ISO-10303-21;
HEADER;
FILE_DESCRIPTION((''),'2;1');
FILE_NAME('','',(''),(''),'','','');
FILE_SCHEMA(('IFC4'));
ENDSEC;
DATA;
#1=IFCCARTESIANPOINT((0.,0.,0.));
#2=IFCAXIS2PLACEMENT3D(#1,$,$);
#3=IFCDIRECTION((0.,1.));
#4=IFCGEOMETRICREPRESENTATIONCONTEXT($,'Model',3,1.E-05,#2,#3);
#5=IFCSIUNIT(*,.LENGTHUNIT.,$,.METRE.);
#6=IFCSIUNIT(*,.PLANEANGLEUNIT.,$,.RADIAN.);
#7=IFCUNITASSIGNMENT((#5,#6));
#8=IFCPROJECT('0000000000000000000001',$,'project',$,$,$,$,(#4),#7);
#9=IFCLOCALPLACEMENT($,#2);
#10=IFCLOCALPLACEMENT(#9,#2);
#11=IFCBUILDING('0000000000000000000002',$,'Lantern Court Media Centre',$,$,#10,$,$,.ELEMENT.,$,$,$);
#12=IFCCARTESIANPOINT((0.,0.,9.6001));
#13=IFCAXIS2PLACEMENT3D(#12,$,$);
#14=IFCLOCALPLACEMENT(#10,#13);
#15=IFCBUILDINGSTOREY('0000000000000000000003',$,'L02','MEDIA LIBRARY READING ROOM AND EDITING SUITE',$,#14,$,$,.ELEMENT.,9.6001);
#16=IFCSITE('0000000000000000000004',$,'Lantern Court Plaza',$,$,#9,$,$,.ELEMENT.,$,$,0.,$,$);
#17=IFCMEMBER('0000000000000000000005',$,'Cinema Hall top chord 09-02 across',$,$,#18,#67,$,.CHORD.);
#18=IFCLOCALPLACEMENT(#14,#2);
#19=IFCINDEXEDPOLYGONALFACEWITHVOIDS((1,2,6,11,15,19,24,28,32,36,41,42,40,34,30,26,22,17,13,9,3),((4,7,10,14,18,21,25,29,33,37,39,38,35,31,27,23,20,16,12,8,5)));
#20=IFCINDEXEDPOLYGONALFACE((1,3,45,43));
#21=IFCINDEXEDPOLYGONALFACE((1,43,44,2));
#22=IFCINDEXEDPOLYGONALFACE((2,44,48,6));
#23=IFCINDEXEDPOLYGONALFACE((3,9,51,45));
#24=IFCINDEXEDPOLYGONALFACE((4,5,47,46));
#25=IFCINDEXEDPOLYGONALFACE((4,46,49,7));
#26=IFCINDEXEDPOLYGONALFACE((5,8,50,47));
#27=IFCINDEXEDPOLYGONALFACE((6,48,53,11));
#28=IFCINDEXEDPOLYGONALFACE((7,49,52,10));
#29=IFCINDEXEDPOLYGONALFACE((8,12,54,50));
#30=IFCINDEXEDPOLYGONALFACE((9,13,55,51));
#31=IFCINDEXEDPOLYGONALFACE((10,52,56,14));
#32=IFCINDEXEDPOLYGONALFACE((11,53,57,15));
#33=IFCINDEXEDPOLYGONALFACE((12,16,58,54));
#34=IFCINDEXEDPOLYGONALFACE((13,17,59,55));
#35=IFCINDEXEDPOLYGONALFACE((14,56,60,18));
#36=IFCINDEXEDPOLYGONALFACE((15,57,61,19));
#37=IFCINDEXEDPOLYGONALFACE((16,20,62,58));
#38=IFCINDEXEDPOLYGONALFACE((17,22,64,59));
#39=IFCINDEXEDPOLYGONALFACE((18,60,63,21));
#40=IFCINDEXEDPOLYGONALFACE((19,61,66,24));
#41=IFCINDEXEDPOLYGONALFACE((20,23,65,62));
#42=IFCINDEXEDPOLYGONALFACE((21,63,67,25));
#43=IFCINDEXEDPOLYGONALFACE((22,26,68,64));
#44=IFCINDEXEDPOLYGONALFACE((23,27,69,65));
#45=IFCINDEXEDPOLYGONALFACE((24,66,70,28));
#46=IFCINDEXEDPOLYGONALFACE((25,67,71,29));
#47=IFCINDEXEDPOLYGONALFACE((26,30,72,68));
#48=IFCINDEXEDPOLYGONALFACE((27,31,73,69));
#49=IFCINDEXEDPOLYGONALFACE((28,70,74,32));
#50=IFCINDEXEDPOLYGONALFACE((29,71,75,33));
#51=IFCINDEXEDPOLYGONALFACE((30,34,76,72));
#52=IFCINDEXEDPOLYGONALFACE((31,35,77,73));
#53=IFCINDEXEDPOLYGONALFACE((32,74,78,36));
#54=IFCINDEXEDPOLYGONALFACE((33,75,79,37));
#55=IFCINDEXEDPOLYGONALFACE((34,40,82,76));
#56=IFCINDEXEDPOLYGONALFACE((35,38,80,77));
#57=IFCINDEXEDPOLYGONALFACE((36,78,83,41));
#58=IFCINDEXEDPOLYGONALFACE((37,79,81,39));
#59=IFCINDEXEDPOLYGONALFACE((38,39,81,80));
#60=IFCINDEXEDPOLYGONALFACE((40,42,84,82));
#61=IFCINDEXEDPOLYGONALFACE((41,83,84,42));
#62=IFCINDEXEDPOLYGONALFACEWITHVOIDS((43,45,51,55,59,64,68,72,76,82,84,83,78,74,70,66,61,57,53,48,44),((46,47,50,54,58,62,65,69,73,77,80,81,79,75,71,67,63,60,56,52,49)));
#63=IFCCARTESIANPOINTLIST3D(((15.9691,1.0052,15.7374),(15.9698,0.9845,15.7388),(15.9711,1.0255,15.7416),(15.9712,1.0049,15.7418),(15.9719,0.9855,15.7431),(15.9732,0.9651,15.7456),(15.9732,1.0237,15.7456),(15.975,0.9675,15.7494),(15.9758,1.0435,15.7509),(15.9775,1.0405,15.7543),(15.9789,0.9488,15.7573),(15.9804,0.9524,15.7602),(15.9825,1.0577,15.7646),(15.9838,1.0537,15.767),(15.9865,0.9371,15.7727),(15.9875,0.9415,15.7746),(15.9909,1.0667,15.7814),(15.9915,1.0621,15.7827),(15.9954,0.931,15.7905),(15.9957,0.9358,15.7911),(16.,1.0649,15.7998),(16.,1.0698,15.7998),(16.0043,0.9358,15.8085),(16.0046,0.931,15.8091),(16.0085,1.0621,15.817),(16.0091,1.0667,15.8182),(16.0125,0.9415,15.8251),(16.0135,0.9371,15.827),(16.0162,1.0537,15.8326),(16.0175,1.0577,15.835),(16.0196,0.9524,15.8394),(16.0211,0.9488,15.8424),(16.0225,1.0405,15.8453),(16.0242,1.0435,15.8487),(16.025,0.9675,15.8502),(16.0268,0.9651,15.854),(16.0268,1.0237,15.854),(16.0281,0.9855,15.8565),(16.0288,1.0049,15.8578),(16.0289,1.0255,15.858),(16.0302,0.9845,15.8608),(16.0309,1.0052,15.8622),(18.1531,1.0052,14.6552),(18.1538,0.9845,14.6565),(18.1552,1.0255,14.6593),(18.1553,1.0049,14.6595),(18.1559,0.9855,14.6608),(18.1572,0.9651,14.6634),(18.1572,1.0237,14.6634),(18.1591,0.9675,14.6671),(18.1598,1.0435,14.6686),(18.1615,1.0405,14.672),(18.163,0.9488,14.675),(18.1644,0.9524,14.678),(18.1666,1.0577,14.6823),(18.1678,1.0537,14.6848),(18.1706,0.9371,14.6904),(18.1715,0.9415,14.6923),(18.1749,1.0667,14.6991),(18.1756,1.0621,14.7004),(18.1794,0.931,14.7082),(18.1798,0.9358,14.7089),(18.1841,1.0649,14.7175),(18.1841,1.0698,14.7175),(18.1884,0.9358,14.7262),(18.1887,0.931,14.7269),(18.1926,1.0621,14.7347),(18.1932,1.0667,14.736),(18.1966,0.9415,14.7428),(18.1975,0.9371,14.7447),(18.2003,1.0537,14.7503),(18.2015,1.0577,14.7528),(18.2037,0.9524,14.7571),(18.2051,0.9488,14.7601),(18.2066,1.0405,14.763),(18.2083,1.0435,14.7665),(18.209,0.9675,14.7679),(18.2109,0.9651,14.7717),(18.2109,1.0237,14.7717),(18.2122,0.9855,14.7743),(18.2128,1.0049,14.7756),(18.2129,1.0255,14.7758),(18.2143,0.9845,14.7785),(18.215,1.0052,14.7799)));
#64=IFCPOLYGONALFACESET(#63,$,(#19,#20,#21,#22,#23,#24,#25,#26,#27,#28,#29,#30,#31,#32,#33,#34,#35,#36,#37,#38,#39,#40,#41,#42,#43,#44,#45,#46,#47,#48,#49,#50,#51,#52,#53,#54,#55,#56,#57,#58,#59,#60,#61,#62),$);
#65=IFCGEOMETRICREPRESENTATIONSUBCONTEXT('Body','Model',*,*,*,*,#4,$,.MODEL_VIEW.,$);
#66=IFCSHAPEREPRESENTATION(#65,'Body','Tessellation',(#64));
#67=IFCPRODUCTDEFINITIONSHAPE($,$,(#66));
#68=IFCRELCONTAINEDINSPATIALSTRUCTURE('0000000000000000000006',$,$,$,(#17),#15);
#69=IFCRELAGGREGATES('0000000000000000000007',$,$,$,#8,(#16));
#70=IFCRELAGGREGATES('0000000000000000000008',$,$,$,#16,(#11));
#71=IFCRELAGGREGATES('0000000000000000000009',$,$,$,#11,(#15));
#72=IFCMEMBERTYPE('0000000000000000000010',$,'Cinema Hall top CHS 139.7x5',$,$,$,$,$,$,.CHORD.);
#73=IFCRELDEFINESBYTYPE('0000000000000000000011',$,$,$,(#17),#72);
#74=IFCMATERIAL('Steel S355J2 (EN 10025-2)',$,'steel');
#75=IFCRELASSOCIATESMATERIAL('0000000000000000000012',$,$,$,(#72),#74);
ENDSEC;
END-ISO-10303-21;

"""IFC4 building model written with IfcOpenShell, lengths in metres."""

from ifc_helpers import new_model, si_unit, direction, frame, origin, origin_2d, place, context, subcontext, project, spatial, hollow_circle, extrude, material, material_profile, profile_set, type_object, element, save


model = new_model("IFC4")

# Units and contexts
model_context = context("Model", 3, precision=1e-05, world=origin(), true_north=direction((0.0, 1.0)))
body_context = subcontext(model_context, "Body", "Model", "MODEL_VIEW")
ifc_project = project(units=[si_unit("LENGTHUNIT", "METRE"), si_unit("PLANEANGLEUNIT", "RADIAN")], contexts=[model_context])

# Site, building, storey
site_placement = place(None, origin())
site = spatial("IfcSite", under=ifc_project, at=site_placement, Name="Lantern Court Plaza", CompositionType="ELEMENT", RefElevation=0.0)
building_placement = place(site_placement, origin())
building = spatial("IfcBuilding", under=site, at=building_placement, Name="Lantern Court Media Centre", CompositionType="ELEMENT")
storey_placement = place(building_placement, frame((0.0, 0.0, 9.6001)))
storey = spatial("IfcBuildingStorey", under=building, at=storey_placement, Name="L02", Description="MEDIA LIBRARY READING ROOM AND EDITING SUITE", CompositionType="ELEMENT", Elevation=9.6001)

# Member
ifc_material = material(Name="Steel S355J2 (EN 10025-2)", Category="steel")
ifc_material_profile_1 = material_profile(ifc_material, hollow_circle(Radius=0.0698, WallThickness=0.0049, at=origin_2d()), Name="Cinema Hall top CHS 139.7x5")
ifc_profile_set_1 = profile_set([ifc_material_profile_1], Name="Steel S355J2 (EN 10025-2)")
member_type_1 = type_object("IfcMemberType", Name="Cinema Hall top CHS 139.7x5", PredefinedType="CHORD", material=ifc_profile_set_1)
for number, where, z_axis, x_axis, name in (
    (1, (16.0, 1.0, 15.7998), (0.896024, 0.0, -0.444006), (0.0, 1.0, 0.0), "Cinema Hall top chord 09-02 across"),
):
    element("IfcMember", number, at=place(storey_placement, frame(where, z_axis=z_axis, x_axis=x_axis)), inside=storey, type_object=member_type_1, Name=name, PredefinedType="CHORD", context=body_context, shape_type="SweptSolid", body=[
        extrude(hollow_circle(Radius=0.0698, WallThickness=0.0049, at=origin_2d()), origin(), (0.0, 0.0, 1.0), 2.4375),
    ])

save(model, "model.ifc")
